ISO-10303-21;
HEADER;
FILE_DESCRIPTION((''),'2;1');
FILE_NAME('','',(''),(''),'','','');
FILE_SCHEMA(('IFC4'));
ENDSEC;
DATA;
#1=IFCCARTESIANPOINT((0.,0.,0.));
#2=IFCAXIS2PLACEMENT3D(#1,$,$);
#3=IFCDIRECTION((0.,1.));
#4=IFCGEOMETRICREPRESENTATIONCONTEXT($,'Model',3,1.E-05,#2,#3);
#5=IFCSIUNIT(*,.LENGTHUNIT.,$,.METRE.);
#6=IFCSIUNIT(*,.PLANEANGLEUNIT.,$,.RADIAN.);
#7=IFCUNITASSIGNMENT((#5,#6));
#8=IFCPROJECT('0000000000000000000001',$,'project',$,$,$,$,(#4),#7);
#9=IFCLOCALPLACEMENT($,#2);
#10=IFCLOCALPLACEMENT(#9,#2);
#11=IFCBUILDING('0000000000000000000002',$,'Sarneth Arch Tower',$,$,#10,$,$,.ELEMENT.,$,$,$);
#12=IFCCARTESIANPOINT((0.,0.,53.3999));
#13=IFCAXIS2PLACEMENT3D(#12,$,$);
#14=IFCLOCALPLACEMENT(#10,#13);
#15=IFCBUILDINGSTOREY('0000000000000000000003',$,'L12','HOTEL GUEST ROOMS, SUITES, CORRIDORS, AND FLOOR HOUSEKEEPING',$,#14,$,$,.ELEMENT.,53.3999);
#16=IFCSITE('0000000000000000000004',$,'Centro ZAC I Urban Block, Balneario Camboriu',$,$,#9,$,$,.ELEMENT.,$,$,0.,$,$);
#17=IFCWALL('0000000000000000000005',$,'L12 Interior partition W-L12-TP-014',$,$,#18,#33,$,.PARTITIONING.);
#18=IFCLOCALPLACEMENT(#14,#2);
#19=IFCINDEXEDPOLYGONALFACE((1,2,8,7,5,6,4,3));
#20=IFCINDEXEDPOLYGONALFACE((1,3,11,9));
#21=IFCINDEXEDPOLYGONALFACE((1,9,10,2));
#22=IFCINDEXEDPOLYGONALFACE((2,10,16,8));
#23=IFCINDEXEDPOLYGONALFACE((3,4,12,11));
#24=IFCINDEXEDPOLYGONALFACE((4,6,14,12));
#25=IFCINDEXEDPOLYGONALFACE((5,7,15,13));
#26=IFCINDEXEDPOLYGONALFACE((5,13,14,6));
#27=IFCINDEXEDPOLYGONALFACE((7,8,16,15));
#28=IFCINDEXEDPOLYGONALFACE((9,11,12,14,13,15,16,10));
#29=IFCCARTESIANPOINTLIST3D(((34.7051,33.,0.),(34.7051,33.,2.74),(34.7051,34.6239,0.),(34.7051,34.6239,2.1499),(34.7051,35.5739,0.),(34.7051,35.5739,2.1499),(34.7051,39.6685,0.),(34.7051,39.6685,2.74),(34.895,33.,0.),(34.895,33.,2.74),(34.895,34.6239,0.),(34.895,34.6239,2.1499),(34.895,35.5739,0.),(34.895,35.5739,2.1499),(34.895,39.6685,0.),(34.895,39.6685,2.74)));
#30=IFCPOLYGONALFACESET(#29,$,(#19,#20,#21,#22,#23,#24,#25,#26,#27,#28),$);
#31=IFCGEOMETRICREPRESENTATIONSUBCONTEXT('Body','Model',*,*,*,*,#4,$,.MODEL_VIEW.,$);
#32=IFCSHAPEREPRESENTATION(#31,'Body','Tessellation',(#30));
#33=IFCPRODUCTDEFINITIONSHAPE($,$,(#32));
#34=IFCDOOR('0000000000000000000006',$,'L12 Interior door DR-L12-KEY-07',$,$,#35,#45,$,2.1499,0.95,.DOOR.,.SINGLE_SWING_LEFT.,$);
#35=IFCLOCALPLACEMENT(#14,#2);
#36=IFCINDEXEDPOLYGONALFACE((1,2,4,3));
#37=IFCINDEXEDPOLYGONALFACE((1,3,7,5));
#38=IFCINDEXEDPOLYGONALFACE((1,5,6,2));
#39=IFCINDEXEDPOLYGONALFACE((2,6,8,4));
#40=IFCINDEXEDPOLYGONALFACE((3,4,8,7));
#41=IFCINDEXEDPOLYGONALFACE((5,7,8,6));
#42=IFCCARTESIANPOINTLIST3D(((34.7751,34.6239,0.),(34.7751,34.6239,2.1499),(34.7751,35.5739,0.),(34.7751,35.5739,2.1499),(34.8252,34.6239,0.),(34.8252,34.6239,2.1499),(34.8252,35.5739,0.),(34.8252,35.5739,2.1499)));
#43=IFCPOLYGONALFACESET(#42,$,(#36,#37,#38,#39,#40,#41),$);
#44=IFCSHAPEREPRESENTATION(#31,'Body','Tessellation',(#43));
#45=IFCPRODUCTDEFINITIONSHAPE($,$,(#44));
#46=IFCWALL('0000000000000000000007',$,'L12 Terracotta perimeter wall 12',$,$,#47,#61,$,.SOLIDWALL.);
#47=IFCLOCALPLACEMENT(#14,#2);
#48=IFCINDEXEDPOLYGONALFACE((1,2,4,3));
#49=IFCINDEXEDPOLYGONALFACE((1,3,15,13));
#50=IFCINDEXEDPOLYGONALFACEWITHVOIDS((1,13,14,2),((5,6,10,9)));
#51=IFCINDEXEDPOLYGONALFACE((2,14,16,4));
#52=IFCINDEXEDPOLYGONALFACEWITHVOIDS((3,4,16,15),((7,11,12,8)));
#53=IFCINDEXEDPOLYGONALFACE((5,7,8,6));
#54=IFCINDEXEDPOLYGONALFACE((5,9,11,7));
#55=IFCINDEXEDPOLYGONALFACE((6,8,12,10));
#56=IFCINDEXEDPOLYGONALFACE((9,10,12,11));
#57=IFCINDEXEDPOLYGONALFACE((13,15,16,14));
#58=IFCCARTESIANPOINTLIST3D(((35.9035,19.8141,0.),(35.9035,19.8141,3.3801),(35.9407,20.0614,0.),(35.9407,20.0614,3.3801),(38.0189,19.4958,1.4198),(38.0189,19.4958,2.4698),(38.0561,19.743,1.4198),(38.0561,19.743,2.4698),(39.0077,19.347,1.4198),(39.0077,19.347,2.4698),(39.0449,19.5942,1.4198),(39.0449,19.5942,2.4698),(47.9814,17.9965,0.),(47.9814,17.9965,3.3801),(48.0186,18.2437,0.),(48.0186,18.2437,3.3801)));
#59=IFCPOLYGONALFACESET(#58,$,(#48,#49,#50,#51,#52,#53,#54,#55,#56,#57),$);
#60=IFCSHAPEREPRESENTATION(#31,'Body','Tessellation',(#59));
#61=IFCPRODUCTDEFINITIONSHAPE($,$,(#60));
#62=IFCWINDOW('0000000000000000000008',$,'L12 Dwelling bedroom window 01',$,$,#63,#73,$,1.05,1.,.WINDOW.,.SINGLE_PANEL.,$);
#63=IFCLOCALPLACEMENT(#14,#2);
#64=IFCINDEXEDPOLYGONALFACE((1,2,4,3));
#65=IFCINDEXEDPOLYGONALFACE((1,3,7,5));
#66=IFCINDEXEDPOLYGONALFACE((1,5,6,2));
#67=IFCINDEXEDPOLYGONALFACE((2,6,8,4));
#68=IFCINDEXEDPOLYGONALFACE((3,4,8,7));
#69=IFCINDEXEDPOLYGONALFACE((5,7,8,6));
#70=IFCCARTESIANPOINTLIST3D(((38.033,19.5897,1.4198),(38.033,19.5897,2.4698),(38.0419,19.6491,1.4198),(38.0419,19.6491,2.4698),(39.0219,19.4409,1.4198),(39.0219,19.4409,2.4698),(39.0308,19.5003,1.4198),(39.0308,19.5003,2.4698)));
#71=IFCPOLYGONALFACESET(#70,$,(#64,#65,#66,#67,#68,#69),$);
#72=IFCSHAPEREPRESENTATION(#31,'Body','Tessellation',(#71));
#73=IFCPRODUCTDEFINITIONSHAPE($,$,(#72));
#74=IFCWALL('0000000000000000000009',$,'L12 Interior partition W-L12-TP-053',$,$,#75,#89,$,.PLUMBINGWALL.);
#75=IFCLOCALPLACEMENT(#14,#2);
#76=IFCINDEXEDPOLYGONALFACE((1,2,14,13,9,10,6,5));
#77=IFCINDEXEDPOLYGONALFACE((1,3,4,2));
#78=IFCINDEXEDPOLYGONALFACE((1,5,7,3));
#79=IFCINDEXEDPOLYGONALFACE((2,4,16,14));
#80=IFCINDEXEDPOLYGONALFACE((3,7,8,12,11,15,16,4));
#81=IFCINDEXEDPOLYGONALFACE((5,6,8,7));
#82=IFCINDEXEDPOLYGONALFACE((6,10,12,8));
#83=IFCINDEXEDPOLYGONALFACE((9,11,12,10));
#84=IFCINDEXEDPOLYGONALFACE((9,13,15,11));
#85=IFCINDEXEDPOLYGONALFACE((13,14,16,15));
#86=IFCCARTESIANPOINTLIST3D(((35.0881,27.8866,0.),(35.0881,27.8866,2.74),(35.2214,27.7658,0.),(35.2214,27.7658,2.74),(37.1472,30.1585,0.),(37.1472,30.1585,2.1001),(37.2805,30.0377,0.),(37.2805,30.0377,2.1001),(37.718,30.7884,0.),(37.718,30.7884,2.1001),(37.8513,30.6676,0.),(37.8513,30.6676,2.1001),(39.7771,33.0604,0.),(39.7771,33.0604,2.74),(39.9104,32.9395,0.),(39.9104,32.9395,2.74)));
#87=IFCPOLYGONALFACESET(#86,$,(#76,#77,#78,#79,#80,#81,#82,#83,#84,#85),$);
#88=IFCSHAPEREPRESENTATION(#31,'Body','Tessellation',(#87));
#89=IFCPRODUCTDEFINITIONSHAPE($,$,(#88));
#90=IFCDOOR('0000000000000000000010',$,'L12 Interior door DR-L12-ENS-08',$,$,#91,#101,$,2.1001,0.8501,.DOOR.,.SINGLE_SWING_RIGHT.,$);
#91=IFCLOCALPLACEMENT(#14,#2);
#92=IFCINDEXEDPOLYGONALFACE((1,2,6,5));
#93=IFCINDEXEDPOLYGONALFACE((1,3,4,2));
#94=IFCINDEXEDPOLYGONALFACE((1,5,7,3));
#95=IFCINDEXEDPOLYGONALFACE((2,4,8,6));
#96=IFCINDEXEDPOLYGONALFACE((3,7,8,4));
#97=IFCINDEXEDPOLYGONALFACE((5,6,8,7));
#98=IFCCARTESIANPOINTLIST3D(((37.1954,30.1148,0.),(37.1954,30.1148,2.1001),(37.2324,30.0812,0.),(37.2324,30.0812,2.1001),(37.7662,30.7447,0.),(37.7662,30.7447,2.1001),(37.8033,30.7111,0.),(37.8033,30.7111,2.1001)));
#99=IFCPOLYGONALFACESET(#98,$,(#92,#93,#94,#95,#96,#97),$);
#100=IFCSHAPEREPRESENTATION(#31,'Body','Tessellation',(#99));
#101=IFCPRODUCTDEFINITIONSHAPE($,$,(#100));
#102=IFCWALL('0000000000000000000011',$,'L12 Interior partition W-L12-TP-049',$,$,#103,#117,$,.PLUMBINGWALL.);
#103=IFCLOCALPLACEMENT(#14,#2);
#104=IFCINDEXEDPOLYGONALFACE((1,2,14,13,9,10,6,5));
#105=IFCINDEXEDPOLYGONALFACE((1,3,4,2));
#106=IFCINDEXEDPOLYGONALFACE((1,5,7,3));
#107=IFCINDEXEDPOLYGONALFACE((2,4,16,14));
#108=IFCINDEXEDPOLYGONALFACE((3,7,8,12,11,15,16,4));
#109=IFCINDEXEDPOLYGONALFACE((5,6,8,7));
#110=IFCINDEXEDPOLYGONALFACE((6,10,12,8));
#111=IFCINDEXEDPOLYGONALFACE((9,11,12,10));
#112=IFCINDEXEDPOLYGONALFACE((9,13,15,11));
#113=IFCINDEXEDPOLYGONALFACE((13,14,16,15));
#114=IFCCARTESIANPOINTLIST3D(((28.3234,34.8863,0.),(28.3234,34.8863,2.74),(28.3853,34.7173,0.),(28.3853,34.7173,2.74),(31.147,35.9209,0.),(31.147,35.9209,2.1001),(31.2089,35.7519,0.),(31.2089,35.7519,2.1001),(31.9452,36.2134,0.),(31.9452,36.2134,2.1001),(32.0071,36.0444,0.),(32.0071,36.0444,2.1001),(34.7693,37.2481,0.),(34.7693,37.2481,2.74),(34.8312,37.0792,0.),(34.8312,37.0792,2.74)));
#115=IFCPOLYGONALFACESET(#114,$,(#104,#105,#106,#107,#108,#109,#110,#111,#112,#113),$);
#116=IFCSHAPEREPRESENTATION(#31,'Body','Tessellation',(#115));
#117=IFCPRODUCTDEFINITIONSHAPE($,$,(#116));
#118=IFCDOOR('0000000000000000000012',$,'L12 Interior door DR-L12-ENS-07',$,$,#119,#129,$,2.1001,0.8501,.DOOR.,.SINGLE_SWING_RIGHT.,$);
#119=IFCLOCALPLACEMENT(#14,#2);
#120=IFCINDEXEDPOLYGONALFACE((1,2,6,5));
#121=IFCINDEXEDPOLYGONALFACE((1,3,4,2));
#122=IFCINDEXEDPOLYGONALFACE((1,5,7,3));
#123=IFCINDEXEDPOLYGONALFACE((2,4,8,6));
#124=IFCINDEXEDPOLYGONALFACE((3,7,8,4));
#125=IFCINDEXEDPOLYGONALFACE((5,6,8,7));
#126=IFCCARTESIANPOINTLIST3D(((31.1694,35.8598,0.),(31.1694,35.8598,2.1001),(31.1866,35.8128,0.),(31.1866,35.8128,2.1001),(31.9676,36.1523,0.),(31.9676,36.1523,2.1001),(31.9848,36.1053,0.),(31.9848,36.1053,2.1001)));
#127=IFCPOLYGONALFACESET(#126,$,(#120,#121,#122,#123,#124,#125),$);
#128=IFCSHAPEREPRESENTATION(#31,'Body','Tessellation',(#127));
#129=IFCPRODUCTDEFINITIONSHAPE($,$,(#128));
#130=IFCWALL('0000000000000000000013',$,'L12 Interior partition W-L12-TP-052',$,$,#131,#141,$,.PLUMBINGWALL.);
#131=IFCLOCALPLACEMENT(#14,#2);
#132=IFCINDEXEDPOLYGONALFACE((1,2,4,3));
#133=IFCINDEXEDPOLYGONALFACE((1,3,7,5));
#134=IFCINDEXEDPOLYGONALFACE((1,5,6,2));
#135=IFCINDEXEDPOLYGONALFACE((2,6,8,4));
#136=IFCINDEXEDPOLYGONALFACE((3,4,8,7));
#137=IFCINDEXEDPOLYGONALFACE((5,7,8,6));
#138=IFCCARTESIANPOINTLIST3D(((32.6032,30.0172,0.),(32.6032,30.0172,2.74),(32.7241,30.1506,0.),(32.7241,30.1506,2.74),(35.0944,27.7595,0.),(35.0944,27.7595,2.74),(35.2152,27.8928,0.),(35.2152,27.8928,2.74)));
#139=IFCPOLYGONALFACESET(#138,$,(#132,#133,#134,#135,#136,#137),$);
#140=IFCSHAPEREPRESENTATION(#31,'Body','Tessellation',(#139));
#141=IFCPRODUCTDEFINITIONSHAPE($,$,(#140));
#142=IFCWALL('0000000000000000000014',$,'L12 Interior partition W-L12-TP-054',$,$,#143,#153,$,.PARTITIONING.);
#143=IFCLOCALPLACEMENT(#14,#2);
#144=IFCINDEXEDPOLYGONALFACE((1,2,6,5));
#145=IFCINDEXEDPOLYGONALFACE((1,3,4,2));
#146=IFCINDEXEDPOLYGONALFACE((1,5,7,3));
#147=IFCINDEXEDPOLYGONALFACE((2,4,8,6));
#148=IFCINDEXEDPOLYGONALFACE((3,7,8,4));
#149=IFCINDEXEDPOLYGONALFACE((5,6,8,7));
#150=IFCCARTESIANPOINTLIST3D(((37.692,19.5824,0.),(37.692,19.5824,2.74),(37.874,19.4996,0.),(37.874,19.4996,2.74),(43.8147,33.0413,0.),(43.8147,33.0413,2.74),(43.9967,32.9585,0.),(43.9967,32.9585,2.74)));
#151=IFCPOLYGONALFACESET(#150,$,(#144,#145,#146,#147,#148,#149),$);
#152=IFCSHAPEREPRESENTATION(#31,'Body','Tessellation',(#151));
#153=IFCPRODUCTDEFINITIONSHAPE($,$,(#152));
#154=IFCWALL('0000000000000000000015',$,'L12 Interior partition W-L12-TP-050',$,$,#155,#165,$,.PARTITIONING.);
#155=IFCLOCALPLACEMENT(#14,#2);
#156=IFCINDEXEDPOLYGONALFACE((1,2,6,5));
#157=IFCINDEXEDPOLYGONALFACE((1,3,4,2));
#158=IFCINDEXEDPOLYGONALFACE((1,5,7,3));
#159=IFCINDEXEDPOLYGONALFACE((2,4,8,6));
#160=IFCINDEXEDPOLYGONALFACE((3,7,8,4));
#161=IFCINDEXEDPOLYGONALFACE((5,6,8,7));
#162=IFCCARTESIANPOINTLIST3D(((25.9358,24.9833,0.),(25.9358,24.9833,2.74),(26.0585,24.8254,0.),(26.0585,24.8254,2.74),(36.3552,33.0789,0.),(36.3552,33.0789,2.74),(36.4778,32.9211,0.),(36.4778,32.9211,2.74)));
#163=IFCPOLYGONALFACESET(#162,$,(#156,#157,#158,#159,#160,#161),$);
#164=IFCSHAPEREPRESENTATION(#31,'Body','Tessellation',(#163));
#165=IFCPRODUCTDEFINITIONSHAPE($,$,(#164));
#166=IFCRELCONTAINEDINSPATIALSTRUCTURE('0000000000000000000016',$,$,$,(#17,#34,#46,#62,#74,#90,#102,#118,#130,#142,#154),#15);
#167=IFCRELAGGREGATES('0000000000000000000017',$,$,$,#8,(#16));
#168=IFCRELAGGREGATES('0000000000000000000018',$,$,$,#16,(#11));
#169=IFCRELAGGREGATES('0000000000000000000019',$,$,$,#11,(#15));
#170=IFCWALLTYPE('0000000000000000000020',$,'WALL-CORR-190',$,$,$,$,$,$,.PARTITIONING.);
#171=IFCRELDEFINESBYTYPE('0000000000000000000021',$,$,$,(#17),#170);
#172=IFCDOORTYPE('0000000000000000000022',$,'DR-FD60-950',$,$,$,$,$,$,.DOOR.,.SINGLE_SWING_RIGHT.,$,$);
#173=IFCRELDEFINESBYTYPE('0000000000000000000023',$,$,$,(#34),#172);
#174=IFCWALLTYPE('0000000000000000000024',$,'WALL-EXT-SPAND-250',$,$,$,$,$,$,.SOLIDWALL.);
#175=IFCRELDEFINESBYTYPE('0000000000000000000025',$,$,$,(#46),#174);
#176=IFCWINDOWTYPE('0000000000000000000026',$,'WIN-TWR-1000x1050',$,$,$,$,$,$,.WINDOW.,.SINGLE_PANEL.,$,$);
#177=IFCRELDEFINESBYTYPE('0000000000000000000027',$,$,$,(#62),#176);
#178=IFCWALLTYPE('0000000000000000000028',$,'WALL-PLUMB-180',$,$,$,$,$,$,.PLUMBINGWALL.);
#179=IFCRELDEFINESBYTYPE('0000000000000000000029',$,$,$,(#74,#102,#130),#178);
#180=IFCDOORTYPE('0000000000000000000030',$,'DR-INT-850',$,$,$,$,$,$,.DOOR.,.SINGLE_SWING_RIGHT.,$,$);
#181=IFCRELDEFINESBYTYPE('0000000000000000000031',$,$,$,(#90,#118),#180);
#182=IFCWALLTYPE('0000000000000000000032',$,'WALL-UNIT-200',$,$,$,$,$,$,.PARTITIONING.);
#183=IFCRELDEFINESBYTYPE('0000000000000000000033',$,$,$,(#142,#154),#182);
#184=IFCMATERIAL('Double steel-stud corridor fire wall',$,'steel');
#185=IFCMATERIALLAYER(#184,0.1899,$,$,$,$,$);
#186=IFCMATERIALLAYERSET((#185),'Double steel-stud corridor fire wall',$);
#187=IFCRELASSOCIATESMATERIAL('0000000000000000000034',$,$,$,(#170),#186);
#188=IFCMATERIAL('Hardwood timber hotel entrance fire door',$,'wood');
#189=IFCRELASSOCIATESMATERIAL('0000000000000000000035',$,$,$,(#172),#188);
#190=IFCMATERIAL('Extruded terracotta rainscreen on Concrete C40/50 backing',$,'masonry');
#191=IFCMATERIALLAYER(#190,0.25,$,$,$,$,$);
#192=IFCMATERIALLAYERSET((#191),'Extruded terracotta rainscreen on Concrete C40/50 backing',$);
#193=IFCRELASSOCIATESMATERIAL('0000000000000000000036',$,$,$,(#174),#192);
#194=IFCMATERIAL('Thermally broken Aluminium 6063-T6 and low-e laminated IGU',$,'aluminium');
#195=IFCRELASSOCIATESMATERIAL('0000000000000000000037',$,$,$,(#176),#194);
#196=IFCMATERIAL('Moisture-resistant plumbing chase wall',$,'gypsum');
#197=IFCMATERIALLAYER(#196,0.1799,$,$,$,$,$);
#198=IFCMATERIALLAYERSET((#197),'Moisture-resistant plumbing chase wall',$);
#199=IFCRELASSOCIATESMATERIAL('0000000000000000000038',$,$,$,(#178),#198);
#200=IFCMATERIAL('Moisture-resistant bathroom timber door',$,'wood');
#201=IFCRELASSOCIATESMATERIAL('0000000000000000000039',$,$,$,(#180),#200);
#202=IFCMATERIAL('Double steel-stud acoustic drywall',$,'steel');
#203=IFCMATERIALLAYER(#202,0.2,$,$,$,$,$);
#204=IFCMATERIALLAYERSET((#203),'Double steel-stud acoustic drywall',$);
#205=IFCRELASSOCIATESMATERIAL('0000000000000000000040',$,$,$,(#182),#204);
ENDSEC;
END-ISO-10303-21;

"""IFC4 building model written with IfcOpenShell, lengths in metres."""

from ifc_helpers import new_model, si_unit, direction, frame, frame_2d, origin, place, context, subcontext, project, spatial, rectangle, extrude, material, layer, layer_set, type_object, element, fill, save


model = new_model("IFC4")

# Units and contexts
model_context = context("Model", 3, precision=1e-05, world=origin(), true_north=direction((0.0, 1.0)))
body_context = subcontext(model_context, "Body", "Model", "MODEL_VIEW")
ifc_project = project(units=[si_unit("LENGTHUNIT", "METRE"), si_unit("PLANEANGLEUNIT", "RADIAN")], contexts=[model_context])

# Site, building, storey
site_placement = place(None, origin())
site = spatial("IfcSite", under=ifc_project, at=site_placement, Name="Centro ZAC I Urban Block, Balneario Camboriu", CompositionType="ELEMENT", RefElevation=0.0)
building_placement = place(site_placement, origin())
building = spatial("IfcBuilding", under=site, at=building_placement, Name="Sarneth Arch Tower", CompositionType="ELEMENT")
storey_placement = place(building_placement, frame((0.0, 0.0, 53.3999)))
storey = spatial("IfcBuildingStorey", under=building, at=storey_placement, Name="L12", Description="HOTEL GUEST ROOMS, SUITES, CORRIDORS, AND FLOOR HOUSEKEEPING", CompositionType="ELEMENT", Elevation=53.3999)

# Wall, opening, door
ifc_material_1 = material(Name="Double steel-stud corridor fire wall", Category="steel")
ifc_layer_1 = layer(ifc_material_1, 0.1899)
ifc_layer_set_1 = layer_set([ifc_layer_1], Name="Double steel-stud corridor fire wall")
wall_type_1 = type_object("IfcWallType", Name="WALL-CORR-190", PredefinedType="PARTITIONING", material=ifc_layer_set_1)
wall_1_placement = place(storey_placement, frame((34.8, 33.0, 0.0), z_axis=(0.0, 0.0, 1.0), x_axis=(0.0, 1.0, 0.0)))
wall_1 = element("IfcWall", 1, at=wall_1_placement, inside=storey, type_object=wall_type_1, Name="L12 Interior partition W-L12-TP-014", PredefinedType="PARTITIONING", context=body_context, shape_type="SweptSolid", body=[
    extrude(rectangle(XDim=6.6685, YDim=0.1899, at=frame_2d((3.3342, 0.0))), origin(), (0.0, 0.0, 1.0), 2.74),
])
opening_1_placement = place(wall_1_placement, frame((1.6238, 0.0, 0.0)))
opening_1 = element("IfcOpeningElement", 2, at=opening_1_placement, cuts=wall_1, PredefinedType="OPENING", context=body_context, shape_type="SweptSolid", body=[
    extrude(rectangle(XDim=0.95, YDim=2.1499, at=frame_2d((0.4751, 1.075))), frame((0.0, 0.105, 0.0), z_axis=(0.0, -1.0, 0.0), x_axis=(1.0, 0.0, 0.0)), (0.0, 0.0, 1.0), 0.21),
])
ifc_material_2 = material(Name="Hardwood timber hotel entrance fire door", Category="wood")
door_type_1 = type_object("IfcDoorType", Name="DR-FD60-950", OperationType="SINGLE_SWING_RIGHT", PredefinedType="DOOR", material=ifc_material_2)
door_1_placement = place(opening_1_placement, origin())
door_1 = element("IfcDoor", 3, at=door_1_placement, inside=storey, type_object=door_type_1, Name="L12 Interior door DR-L12-KEY-07", OperationType="SINGLE_SWING_LEFT", OverallHeight=2.1499, OverallWidth=0.95, PredefinedType="DOOR", context=body_context, shape_type="SweptSolid", body=[
    extrude(rectangle(XDim=0.95, YDim=2.1499, at=frame_2d((0.4751, 1.075))), frame((0.0, 0.0249, 0.0), z_axis=(0.0, -1.0, 0.0), x_axis=(1.0, 0.0, 0.0)), (0.0, 0.0, 1.0), 0.05),
])
fill(opening_1, door_1)

# Wall, opening, window
ifc_material_3 = material(Name="Extruded terracotta rainscreen on Concrete C40/50 backing", Category="masonry")
ifc_layer_2 = layer(ifc_material_3, 0.25)
ifc_layer_set_2 = layer_set([ifc_layer_2], Name="Extruded terracotta rainscreen on Concrete C40/50 backing")
wall_type_2 = type_object("IfcWallType", Name="WALL-EXT-SPAND-250", PredefinedType="SOLIDWALL", material=ifc_layer_set_2)
wall_2_placement = place(storey_placement, frame((35.9221, 19.9377, 0.0), z_axis=(0.0, 0.0, 1.0), x_axis=(0.988865, -0.148816, 0.0)))
wall_2 = element("IfcWall", 4, at=wall_2_placement, inside=storey, type_object=wall_type_2, Name="L12 Terracotta perimeter wall 12", PredefinedType="SOLIDWALL", context=body_context, shape_type="SweptSolid", body=[
    extrude(rectangle(XDim=12.2139, YDim=0.25, at=frame_2d((6.1069, 0.0))), origin(), (0.0, 0.0, 1.0), 3.3801),
])
opening_2_placement = place(wall_2_placement, frame((2.1392, 0.0, 1.4199)))
opening_2 = element("IfcOpeningElement", 5, at=opening_2_placement, cuts=wall_2, PredefinedType="OPENING", context=body_context, shape_type="SweptSolid", body=[
    extrude(rectangle(XDim=1.0, YDim=1.05, at=frame_2d((0.5, 0.5249))), frame((0.0, 0.135, 0.0), z_axis=(0.0, -1.0, 0.0), x_axis=(1.0, 0.0, 0.0)), (0.0, 0.0, 1.0), 0.27),
])
ifc_material_4 = material(Name="Thermally broken Aluminium 6063-T6 and low-e laminated IGU", Category="aluminium")
window_type = type_object("IfcWindowType", Name="WIN-TWR-1000x1050", PartitioningType="SINGLE_PANEL", PredefinedType="WINDOW", material=ifc_material_4)
window_placement = place(opening_2_placement, origin())
window = element("IfcWindow", 6, at=window_placement, inside=storey, type_object=window_type, Name="L12 Dwelling bedroom window 01", OverallHeight=1.05, OverallWidth=1.0, PartitioningType="SINGLE_PANEL", PredefinedType="WINDOW", context=body_context, shape_type="SweptSolid", body=[
    extrude(rectangle(XDim=1.0, YDim=1.05, at=frame_2d((0.5, 0.5249))), frame((0.0, 0.03, 0.0), z_axis=(0.0, -1.0, 0.0), x_axis=(1.0, 0.0, 0.0)), (0.0, 0.0, 1.0), 0.0601),
])
fill(opening_2, window)

# Walls, openings, doors
ifc_material_5 = material(Name="Moisture-resistant plumbing chase wall", Category="gypsum")
ifc_layer_3 = layer(ifc_material_5, 0.1799)
ifc_layer_set_3 = layer_set([ifc_layer_3], Name="Moisture-resistant plumbing chase wall")
wall_type_3 = type_object("IfcWallType", Name="WALL-PLUMB-180", PredefinedType="PLUMBINGWALL", material=ifc_layer_set_3)
wall_3_placement = place(storey_placement, frame((35.1548, 27.8262, 0.0), z_axis=(0.0, 0.0, 1.0), x_axis=(0.671534, 0.740974, 0.0)))
wall_3 = element("IfcWall", 7, at=wall_3_placement, inside=storey, type_object=wall_type_3, Name="L12 Interior partition W-L12-TP-053", PredefinedType="PLUMBINGWALL", context=body_context, shape_type="SweptSolid", body=[
    extrude(rectangle(XDim=6.9824, YDim=0.1799, at=frame_2d((3.4912, 0.0))), origin(), (0.0, 0.0, 1.0), 2.74),
])
opening_3_placement = place(wall_3_placement, frame((3.0662, 0.0, 0.0)))
opening_3 = element("IfcOpeningElement", 8, at=opening_3_placement, cuts=wall_3, PredefinedType="OPENING", context=body_context, shape_type="SweptSolid", body=[
    extrude(rectangle(XDim=0.8501, YDim=2.1001, at=frame_2d((0.425, 1.05))), frame((0.0, 0.0999, 0.0), z_axis=(0.0, -1.0, 0.0), x_axis=(1.0, 0.0, 0.0)), (0.0, 0.0, 1.0), 0.2),
])
ifc_material_6 = material(Name="Moisture-resistant bathroom timber door", Category="wood")
door_type_2 = type_object("IfcDoorType", Name="DR-INT-850", OperationType="SINGLE_SWING_RIGHT", PredefinedType="DOOR", material=ifc_material_6)
door_2_placement = place(opening_3_placement, origin())
door_2 = element("IfcDoor", 9, at=door_2_placement, inside=storey, type_object=door_type_2, Name="L12 Interior door DR-L12-ENS-08", OperationType="SINGLE_SWING_RIGHT", OverallHeight=2.1001, OverallWidth=0.8501, PredefinedType="DOOR", context=body_context, shape_type="SweptSolid", body=[
    extrude(rectangle(XDim=0.8501, YDim=2.1001, at=frame_2d((0.425, 1.05))), frame((0.0, 0.0249, 0.0), z_axis=(0.0, -1.0, 0.0), x_axis=(1.0, 0.0, 0.0)), (0.0, 0.0, 1.0), 0.05),
])
fill(opening_3, door_2)
wall_4_placement = place(storey_placement, frame((28.3542, 34.8018, 0.0), z_axis=(0.0, 0.0, 1.0), x_axis=(0.938954, 0.344044, 0.0)))
wall_4 = element("IfcWall", 10, at=wall_4_placement, inside=storey, type_object=wall_type_3, Name="L12 Interior partition W-L12-TP-049", PredefinedType="PLUMBINGWALL", context=body_context, shape_type="SweptSolid", body=[
    extrude(rectangle(XDim=6.865, YDim=0.1799, at=frame_2d((3.4326, 0.0))), origin(), (0.0, 0.0, 1.0), 2.74),
])
opening_4_placement = place(wall_4_placement, frame((3.0073, 0.0, 0.0)))
opening_4 = element("IfcOpeningElement", 11, at=opening_4_placement, cuts=wall_4, PredefinedType="OPENING", context=body_context, shape_type="SweptSolid", body=[
    extrude(rectangle(XDim=0.8501, YDim=2.1001, at=frame_2d((0.425, 1.05))), frame((0.0, 0.0999, 0.0), z_axis=(0.0, -1.0, 0.0), x_axis=(1.0, 0.0, 0.0)), (0.0, 0.0, 1.0), 0.2),
])
door_3_placement = place(opening_4_placement, origin())
door_3 = element("IfcDoor", 12, at=door_3_placement, inside=storey, type_object=door_type_2, Name="L12 Interior door DR-L12-ENS-07", OperationType="SINGLE_SWING_RIGHT", OverallHeight=2.1001, OverallWidth=0.8501, PredefinedType="DOOR", context=body_context, shape_type="SweptSolid", body=[
    extrude(rectangle(XDim=0.8501, YDim=2.1001, at=frame_2d((0.425, 1.05))), frame((0.0, 0.0249, 0.0), z_axis=(0.0, -1.0, 0.0), x_axis=(1.0, 0.0, 0.0)), (0.0, 0.0, 1.0), 0.05),
])
fill(opening_4, door_3)

# Walls
wall_5_placement = place(storey_placement, frame((32.6636, 30.084, 0.0), z_axis=(0.0, 0.0, 1.0), x_axis=(0.740964, -0.671544, 0.0)))
element("IfcWall", 13, at=wall_5_placement, inside=storey, type_object=wall_type_3, Name="L12 Interior partition W-L12-TP-052", PredefinedType="PLUMBINGWALL", context=body_context, shape_type="SweptSolid", body=[
    extrude(rectangle(XDim=3.3621, YDim=0.1799, at=frame_2d((1.6812, 0.0))), origin(), (0.0, 0.0, 1.0), 2.74),
])
ifc_material_7 = material(Name="Double steel-stud acoustic drywall", Category="steel")
ifc_layer_4 = layer(ifc_material_7, 0.2)
ifc_layer_set_4 = layer_set([ifc_layer_4], Name="Double steel-stud acoustic drywall")
wall_type_4 = type_object("IfcWallType", Name="WALL-UNIT-200", PredefinedType="PARTITIONING", material=ifc_layer_set_4)
wall_6_placement = place(storey_placement, frame((37.783, 19.541, 0.0), z_axis=(0.0, 0.0, 1.0), x_axis=(0.414088, 0.910237, 0.0)))
element("IfcWall", 14, at=wall_6_placement, inside=storey, type_object=wall_type_4, Name="L12 Interior partition W-L12-TP-054", PredefinedType="PARTITIONING", context=body_context, shape_type="SweptSolid", body=[
    extrude(rectangle(XDim=14.7861, YDim=0.2, at=frame_2d((7.3931, 0.0))), origin(), (0.0, 0.0, 1.0), 2.74),
])
wall_7_placement = place(storey_placement, frame((36.4165, 33.0, 0.0), z_axis=(0.0, 0.0, 1.0), x_axis=(-0.789657, -0.613549, 0.0)))
element("IfcWall", 15, at=wall_7_placement, inside=storey, type_object=wall_type_4, Name="L12 Interior partition W-L12-TP-050", PredefinedType="PARTITIONING", context=body_context, shape_type="SweptSolid", body=[
    extrude(rectangle(XDim=13.1948, YDim=0.2, at=frame_2d((6.5974, 0.0))), origin(), (0.0, 0.0, 1.0), 2.74),
])

save(model, "model.ifc")
